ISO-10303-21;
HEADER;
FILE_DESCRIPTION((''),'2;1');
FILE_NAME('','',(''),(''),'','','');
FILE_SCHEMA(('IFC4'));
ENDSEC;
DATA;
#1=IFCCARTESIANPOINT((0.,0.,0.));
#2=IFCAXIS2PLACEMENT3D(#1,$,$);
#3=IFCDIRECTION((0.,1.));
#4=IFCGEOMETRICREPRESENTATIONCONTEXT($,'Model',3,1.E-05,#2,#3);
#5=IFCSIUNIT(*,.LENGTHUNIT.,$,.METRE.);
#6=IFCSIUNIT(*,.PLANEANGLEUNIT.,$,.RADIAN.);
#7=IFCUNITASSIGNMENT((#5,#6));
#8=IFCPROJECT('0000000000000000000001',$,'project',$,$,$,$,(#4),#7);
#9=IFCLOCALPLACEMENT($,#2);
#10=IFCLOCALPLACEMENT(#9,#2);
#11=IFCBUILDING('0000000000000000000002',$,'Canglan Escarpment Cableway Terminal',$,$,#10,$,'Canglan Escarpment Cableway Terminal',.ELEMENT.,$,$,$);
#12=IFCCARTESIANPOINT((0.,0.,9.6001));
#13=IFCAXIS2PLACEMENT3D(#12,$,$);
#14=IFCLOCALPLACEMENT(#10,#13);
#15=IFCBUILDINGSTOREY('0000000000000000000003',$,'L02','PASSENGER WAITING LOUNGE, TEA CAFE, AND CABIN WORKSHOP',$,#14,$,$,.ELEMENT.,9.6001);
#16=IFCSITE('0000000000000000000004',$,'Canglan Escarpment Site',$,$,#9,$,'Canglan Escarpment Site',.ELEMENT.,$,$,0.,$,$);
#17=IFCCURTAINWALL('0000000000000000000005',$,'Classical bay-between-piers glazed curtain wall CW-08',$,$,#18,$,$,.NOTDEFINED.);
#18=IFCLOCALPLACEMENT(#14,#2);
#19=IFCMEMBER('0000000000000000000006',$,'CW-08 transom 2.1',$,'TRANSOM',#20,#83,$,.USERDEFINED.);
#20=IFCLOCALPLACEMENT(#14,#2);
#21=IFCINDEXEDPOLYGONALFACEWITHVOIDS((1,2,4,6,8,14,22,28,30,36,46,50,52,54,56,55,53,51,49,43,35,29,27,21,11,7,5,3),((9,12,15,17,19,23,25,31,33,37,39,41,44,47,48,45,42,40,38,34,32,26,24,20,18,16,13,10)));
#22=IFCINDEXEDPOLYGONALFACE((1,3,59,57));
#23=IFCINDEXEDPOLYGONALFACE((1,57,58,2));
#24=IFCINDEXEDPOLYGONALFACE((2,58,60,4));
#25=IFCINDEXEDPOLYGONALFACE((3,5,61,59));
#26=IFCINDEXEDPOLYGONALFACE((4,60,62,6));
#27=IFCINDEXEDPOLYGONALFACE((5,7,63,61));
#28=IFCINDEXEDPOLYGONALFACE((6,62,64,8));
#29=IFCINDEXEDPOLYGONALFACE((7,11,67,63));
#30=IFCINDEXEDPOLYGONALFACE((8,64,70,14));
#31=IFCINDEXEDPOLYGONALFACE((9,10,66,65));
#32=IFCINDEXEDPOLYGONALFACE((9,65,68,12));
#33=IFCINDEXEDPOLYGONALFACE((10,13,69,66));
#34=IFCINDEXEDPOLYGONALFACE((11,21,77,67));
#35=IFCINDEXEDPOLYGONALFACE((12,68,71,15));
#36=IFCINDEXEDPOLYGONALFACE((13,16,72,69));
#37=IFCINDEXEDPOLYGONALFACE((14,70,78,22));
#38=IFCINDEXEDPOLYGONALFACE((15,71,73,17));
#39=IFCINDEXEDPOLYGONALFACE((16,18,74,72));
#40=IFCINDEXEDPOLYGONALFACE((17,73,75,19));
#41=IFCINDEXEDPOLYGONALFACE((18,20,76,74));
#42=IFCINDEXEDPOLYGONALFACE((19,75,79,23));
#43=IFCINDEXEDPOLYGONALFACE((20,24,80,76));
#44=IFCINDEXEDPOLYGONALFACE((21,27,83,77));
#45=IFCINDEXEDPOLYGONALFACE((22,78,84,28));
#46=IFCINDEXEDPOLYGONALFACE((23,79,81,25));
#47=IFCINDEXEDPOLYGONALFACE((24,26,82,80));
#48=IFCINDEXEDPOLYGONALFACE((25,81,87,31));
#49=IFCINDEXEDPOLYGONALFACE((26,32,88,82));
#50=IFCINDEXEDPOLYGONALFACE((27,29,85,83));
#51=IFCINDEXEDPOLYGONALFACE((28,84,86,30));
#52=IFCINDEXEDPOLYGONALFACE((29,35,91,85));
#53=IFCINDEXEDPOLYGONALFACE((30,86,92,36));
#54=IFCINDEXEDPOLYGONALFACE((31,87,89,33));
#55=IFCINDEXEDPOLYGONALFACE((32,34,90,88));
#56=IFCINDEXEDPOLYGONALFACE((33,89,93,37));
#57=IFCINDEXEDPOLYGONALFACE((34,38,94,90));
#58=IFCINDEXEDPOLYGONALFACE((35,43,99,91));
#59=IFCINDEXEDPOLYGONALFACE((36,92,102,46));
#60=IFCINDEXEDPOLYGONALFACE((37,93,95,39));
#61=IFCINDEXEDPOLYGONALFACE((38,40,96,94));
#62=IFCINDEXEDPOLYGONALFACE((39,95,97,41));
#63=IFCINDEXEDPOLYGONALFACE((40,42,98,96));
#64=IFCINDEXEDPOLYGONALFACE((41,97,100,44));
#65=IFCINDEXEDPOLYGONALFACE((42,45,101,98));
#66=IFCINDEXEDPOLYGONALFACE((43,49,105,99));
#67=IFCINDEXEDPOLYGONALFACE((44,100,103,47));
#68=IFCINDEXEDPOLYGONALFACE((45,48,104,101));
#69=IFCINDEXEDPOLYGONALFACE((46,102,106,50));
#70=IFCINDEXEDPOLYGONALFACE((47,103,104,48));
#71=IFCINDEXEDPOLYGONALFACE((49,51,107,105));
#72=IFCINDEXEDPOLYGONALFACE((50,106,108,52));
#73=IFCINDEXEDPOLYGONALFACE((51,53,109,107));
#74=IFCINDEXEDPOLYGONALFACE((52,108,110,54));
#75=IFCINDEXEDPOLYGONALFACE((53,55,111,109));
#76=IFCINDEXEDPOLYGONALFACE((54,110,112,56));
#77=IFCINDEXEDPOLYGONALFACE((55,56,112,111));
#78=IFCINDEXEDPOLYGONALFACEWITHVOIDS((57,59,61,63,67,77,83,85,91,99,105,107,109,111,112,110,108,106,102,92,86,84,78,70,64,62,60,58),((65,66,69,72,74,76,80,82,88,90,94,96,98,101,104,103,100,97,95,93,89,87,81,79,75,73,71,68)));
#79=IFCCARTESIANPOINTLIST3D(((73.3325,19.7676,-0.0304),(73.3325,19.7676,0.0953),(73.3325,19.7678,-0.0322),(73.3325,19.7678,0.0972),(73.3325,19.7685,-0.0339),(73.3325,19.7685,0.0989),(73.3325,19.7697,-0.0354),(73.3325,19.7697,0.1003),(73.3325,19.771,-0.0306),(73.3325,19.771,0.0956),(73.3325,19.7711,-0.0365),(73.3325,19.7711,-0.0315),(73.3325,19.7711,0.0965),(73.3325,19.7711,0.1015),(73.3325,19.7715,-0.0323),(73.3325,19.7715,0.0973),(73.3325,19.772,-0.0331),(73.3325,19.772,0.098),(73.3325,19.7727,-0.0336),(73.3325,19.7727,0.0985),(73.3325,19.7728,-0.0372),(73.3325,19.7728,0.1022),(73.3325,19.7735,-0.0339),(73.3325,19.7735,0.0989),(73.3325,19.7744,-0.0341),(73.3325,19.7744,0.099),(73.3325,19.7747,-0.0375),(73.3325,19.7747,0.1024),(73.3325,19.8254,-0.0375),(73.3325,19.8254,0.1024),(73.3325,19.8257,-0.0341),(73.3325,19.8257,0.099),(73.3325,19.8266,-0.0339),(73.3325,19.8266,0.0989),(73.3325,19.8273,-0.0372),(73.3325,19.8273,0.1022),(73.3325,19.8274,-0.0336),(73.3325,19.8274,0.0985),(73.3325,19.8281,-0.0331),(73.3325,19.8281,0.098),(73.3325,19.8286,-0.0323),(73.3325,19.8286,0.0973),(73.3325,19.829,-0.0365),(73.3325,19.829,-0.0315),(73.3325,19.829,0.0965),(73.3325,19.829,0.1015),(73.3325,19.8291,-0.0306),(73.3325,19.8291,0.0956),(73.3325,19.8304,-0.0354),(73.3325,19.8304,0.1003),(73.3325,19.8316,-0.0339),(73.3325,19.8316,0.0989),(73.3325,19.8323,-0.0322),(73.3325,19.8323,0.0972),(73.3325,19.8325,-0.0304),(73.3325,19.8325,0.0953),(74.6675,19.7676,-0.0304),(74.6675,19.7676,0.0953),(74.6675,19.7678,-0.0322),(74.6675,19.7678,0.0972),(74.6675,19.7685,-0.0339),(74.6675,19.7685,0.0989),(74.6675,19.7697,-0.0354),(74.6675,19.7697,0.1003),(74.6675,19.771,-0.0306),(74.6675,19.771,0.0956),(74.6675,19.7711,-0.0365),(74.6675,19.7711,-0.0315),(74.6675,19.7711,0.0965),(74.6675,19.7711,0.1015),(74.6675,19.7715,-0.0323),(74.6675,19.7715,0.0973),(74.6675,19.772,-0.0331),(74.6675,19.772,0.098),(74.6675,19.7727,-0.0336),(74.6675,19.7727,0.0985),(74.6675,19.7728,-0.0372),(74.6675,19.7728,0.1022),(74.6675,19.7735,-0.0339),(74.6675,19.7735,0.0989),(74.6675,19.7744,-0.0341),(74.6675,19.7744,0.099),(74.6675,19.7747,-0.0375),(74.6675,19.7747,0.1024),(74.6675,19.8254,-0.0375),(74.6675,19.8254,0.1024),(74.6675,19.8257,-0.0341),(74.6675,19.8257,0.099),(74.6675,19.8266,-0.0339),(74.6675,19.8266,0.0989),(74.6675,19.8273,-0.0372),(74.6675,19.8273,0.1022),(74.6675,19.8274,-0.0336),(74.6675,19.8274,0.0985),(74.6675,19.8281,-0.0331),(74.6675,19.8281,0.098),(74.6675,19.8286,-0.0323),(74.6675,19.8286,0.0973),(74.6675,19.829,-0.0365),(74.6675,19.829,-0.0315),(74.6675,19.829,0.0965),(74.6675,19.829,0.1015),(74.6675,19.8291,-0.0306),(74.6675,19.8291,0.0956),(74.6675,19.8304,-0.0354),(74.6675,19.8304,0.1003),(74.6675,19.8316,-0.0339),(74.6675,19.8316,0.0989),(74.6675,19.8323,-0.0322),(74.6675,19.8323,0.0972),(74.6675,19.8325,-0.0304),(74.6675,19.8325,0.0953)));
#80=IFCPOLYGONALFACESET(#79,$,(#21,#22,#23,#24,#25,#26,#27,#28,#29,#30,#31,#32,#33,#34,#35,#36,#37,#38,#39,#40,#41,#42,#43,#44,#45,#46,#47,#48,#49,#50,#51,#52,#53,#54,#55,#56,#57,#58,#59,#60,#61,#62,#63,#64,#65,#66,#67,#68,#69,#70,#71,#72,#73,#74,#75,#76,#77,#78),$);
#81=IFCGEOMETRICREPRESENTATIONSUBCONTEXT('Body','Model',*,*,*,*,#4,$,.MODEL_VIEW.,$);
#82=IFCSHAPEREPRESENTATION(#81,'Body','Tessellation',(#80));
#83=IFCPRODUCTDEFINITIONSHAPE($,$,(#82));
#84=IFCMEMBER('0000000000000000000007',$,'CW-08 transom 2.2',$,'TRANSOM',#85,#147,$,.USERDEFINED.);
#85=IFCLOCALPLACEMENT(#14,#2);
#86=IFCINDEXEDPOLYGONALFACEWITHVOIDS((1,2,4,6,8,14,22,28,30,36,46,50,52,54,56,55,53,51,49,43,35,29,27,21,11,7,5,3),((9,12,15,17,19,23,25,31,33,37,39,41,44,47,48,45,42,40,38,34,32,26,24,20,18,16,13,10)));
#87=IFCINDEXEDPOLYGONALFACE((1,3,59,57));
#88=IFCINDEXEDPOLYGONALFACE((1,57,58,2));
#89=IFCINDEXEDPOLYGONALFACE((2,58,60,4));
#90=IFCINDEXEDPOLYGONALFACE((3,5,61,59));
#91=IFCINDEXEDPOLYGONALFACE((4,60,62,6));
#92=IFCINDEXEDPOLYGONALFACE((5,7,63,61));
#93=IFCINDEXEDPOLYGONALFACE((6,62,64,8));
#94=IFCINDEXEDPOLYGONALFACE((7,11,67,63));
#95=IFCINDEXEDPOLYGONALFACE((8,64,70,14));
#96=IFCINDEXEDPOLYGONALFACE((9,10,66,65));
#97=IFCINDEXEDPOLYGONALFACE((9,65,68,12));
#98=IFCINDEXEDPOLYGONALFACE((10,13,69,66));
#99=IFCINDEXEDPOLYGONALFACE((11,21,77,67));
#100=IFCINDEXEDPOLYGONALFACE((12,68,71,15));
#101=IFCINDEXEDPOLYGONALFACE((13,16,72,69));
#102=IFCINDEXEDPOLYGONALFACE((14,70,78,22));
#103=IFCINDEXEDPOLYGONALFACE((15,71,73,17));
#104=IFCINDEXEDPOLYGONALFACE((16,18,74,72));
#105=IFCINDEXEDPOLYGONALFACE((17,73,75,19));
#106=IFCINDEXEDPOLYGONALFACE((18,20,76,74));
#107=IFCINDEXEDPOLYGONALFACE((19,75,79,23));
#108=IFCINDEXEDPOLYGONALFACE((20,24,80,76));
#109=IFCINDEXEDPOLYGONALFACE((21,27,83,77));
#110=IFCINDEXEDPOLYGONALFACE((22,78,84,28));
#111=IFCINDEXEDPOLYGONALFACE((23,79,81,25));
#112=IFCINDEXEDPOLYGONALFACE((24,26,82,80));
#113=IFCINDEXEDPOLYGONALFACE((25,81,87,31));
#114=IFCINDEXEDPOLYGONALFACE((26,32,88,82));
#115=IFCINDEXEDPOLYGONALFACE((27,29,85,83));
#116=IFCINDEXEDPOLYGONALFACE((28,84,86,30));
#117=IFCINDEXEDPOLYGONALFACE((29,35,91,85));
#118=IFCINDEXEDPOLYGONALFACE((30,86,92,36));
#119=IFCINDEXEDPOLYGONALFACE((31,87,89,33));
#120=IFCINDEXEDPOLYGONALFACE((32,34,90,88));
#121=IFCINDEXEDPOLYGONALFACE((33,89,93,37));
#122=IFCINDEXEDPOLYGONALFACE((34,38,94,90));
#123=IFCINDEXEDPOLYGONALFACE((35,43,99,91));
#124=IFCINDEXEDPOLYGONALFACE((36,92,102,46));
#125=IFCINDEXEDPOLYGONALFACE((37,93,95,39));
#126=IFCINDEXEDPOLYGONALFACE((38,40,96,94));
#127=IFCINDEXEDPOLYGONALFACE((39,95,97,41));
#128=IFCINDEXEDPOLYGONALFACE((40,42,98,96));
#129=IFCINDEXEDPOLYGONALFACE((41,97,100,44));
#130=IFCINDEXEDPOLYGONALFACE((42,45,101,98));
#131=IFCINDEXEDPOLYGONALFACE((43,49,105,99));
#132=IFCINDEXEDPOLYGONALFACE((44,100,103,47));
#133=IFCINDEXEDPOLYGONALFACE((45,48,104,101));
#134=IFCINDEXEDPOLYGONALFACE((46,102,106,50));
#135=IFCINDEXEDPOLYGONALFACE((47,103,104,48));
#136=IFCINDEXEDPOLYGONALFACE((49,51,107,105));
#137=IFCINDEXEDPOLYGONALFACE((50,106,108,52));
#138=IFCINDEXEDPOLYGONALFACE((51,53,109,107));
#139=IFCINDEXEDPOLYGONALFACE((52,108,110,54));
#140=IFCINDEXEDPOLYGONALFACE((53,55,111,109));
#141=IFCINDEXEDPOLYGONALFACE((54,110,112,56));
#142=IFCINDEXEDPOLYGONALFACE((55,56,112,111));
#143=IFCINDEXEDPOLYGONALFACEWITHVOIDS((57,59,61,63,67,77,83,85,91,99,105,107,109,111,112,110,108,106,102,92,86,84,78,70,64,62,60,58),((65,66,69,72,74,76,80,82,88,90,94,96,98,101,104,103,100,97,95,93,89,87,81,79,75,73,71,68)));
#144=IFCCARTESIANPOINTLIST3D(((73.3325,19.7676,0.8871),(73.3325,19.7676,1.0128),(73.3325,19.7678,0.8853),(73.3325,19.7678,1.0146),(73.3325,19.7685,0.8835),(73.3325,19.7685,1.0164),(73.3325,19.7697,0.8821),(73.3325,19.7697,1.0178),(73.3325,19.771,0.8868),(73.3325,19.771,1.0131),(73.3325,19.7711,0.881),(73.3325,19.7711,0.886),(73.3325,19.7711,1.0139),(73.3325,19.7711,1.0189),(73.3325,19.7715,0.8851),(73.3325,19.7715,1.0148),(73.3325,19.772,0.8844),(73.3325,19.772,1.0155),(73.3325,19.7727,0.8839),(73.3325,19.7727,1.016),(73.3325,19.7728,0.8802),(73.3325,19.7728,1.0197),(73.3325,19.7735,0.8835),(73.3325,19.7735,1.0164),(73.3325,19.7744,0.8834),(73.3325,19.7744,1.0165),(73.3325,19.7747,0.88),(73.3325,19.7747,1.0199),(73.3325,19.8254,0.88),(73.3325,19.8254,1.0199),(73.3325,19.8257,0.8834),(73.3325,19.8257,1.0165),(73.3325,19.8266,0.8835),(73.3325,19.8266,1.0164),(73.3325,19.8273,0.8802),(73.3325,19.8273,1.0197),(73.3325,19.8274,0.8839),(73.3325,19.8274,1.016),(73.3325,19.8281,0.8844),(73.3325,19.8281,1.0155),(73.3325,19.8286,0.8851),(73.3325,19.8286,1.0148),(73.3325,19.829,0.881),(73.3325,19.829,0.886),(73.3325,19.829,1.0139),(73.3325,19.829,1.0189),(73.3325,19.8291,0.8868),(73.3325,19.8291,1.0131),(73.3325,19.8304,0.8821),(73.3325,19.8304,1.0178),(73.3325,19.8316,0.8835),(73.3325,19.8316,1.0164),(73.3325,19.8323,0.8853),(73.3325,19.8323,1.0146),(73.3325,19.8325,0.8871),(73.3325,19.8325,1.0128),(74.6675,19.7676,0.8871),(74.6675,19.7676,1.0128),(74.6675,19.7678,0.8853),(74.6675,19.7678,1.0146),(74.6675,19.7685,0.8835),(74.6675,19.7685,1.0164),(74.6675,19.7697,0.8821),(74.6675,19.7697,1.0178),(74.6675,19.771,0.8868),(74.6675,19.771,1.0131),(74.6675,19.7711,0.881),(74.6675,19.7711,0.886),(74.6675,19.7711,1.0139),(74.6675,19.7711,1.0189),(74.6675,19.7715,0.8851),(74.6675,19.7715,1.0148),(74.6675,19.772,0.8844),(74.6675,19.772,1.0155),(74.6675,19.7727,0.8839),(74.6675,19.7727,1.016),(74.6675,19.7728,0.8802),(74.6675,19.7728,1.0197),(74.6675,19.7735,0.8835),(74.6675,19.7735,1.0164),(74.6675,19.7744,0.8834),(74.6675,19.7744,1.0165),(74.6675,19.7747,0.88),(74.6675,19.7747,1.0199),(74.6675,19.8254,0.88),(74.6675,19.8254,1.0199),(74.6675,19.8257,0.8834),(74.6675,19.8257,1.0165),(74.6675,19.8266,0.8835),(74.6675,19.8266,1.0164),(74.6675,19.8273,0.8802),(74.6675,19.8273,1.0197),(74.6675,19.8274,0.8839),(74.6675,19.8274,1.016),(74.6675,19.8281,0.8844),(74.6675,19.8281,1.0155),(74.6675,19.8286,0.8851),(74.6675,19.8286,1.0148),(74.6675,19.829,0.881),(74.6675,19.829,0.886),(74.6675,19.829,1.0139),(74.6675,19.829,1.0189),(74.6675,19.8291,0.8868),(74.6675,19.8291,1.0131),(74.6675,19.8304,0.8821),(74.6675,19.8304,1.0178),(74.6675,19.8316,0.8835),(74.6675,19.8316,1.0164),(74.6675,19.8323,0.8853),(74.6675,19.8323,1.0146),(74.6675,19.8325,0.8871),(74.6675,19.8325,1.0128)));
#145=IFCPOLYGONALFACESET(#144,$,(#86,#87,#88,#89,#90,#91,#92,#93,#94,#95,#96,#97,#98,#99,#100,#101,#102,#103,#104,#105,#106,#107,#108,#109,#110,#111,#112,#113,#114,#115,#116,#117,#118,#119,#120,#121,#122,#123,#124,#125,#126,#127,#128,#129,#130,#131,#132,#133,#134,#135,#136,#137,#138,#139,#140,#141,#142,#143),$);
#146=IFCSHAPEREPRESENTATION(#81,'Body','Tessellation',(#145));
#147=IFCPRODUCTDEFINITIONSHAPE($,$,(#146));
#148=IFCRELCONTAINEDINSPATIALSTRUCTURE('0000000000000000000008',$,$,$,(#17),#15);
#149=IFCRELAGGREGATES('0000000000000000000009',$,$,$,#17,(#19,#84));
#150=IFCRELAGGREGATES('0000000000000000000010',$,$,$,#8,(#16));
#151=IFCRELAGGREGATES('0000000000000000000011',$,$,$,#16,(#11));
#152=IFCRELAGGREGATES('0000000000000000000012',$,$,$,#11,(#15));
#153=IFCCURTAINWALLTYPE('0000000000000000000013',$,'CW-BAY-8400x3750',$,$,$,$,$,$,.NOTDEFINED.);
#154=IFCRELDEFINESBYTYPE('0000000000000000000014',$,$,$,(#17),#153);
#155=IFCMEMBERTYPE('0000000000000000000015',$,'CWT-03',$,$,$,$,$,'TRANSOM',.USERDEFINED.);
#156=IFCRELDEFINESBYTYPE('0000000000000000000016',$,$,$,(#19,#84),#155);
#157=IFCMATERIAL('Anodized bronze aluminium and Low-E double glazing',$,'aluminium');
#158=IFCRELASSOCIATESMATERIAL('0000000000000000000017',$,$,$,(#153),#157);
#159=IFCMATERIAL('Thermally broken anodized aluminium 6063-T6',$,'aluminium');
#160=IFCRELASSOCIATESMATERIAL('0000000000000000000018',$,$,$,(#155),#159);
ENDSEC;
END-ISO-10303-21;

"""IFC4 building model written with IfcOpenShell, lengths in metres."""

from ifc_helpers import new_model, si_unit, direction, frame, origin, origin_2d, place, context, subcontext, project, spatial, hollow_rectangle, extrude, material, material_profile, profile_set, type_object, element, aggregate, save


model = new_model("IFC4")

# Units and contexts
model_context = context("Model", 3, precision=1e-05, world=origin(), true_north=direction((0.0, 1.0)))
body_context = subcontext(model_context, "Body", "Model", "MODEL_VIEW")
ifc_project = project(units=[si_unit("LENGTHUNIT", "METRE"), si_unit("PLANEANGLEUNIT", "RADIAN")], contexts=[model_context])

# Site, building, storey
site_placement = place(None, origin())
site = spatial("IfcSite", under=ifc_project, at=site_placement, Name="Canglan Escarpment Site", LongName="Canglan Escarpment Site", CompositionType="ELEMENT", RefElevation=0.0)
building_placement = place(site_placement, origin())
building = spatial("IfcBuilding", under=site, at=building_placement, Name="Canglan Escarpment Cableway Terminal", LongName="Canglan Escarpment Cableway Terminal", CompositionType="ELEMENT")
storey_placement = place(building_placement, frame((0.0, 0.0, 9.6001)))
storey = spatial("IfcBuildingStorey", under=building, at=storey_placement, Name="L02", Description="PASSENGER WAITING LOUNGE, TEA CAFE, AND CABIN WORKSHOP", CompositionType="ELEMENT", Elevation=9.6001)

# Curtain wall, members
ifc_material_1 = material(Name="Anodized bronze aluminium and Low-E double glazing", Category="aluminium")
curtain_wall_type = type_object("IfcCurtainWallType", Name="CW-BAY-8400x3750", PredefinedType="NOTDEFINED", material=ifc_material_1)
curtain_wall_placement = place(storey_placement, origin())
curtain_wall = element("IfcCurtainWall", 1, at=curtain_wall_placement, inside=storey, type_object=curtain_wall_type, Name="Classical bay-between-piers glazed curtain wall CW-08", PredefinedType="NOTDEFINED")
ifc_material_2 = material(Name="Thermally broken anodized aluminium 6063-T6", Category="aluminium")
ifc_material_profile_1 = material_profile(ifc_material_2, hollow_rectangle(XDim=0.0649, YDim=0.1399, WallThickness=0.0034, InnerFilletRadius=0.0034, OuterFilletRadius=0.0071, at=origin_2d()), Name="ALU-TRAN 65x140x3.5")
ifc_profile_set_1 = profile_set([ifc_material_profile_1], Name="Thermally broken anodized aluminium 6063-T6")
member_type_1 = type_object("IfcMemberType", Name="CWT-03", ElementType="TRANSOM", PredefinedType="USERDEFINED", material=ifc_profile_set_1)
member_1_placement = place(storey_placement, frame((74.6675, 19.8, 0.0325), z_axis=(-1.0, 0.0, 0.0), x_axis=(0.0, -1.0, 0.0)))
member_1 = element("IfcMember", 2, at=member_1_placement, type_object=member_type_1, Name="CW-08 transom 2.1", ObjectType="TRANSOM", PredefinedType="USERDEFINED", context=body_context, shape_type="SweptSolid", body=[
    extrude(hollow_rectangle(XDim=0.0649, YDim=0.1399, WallThickness=0.0034, InnerFilletRadius=0.0034, OuterFilletRadius=0.0071, at=origin_2d()), origin(), (0.0, 0.0, 1.0), 1.335),
])
member_2_placement = place(storey_placement, frame((74.6675, 19.8, 0.95), z_axis=(-1.0, 0.0, 0.0), x_axis=(0.0, -1.0, 0.0)))
member_2 = element("IfcMember", 3, at=member_2_placement, type_object=member_type_1, Name="CW-08 transom 2.2", ObjectType="TRANSOM", PredefinedType="USERDEFINED", context=body_context, shape_type="SweptSolid", body=[
    extrude(hollow_rectangle(XDim=0.0649, YDim=0.1399, WallThickness=0.0034, InnerFilletRadius=0.0034, OuterFilletRadius=0.0071, at=origin_2d()), origin(), (0.0, 0.0, 1.0), 1.335),
])

aggregate(curtain_wall, [member_1, member_2])

save(model, "model.ifc")
